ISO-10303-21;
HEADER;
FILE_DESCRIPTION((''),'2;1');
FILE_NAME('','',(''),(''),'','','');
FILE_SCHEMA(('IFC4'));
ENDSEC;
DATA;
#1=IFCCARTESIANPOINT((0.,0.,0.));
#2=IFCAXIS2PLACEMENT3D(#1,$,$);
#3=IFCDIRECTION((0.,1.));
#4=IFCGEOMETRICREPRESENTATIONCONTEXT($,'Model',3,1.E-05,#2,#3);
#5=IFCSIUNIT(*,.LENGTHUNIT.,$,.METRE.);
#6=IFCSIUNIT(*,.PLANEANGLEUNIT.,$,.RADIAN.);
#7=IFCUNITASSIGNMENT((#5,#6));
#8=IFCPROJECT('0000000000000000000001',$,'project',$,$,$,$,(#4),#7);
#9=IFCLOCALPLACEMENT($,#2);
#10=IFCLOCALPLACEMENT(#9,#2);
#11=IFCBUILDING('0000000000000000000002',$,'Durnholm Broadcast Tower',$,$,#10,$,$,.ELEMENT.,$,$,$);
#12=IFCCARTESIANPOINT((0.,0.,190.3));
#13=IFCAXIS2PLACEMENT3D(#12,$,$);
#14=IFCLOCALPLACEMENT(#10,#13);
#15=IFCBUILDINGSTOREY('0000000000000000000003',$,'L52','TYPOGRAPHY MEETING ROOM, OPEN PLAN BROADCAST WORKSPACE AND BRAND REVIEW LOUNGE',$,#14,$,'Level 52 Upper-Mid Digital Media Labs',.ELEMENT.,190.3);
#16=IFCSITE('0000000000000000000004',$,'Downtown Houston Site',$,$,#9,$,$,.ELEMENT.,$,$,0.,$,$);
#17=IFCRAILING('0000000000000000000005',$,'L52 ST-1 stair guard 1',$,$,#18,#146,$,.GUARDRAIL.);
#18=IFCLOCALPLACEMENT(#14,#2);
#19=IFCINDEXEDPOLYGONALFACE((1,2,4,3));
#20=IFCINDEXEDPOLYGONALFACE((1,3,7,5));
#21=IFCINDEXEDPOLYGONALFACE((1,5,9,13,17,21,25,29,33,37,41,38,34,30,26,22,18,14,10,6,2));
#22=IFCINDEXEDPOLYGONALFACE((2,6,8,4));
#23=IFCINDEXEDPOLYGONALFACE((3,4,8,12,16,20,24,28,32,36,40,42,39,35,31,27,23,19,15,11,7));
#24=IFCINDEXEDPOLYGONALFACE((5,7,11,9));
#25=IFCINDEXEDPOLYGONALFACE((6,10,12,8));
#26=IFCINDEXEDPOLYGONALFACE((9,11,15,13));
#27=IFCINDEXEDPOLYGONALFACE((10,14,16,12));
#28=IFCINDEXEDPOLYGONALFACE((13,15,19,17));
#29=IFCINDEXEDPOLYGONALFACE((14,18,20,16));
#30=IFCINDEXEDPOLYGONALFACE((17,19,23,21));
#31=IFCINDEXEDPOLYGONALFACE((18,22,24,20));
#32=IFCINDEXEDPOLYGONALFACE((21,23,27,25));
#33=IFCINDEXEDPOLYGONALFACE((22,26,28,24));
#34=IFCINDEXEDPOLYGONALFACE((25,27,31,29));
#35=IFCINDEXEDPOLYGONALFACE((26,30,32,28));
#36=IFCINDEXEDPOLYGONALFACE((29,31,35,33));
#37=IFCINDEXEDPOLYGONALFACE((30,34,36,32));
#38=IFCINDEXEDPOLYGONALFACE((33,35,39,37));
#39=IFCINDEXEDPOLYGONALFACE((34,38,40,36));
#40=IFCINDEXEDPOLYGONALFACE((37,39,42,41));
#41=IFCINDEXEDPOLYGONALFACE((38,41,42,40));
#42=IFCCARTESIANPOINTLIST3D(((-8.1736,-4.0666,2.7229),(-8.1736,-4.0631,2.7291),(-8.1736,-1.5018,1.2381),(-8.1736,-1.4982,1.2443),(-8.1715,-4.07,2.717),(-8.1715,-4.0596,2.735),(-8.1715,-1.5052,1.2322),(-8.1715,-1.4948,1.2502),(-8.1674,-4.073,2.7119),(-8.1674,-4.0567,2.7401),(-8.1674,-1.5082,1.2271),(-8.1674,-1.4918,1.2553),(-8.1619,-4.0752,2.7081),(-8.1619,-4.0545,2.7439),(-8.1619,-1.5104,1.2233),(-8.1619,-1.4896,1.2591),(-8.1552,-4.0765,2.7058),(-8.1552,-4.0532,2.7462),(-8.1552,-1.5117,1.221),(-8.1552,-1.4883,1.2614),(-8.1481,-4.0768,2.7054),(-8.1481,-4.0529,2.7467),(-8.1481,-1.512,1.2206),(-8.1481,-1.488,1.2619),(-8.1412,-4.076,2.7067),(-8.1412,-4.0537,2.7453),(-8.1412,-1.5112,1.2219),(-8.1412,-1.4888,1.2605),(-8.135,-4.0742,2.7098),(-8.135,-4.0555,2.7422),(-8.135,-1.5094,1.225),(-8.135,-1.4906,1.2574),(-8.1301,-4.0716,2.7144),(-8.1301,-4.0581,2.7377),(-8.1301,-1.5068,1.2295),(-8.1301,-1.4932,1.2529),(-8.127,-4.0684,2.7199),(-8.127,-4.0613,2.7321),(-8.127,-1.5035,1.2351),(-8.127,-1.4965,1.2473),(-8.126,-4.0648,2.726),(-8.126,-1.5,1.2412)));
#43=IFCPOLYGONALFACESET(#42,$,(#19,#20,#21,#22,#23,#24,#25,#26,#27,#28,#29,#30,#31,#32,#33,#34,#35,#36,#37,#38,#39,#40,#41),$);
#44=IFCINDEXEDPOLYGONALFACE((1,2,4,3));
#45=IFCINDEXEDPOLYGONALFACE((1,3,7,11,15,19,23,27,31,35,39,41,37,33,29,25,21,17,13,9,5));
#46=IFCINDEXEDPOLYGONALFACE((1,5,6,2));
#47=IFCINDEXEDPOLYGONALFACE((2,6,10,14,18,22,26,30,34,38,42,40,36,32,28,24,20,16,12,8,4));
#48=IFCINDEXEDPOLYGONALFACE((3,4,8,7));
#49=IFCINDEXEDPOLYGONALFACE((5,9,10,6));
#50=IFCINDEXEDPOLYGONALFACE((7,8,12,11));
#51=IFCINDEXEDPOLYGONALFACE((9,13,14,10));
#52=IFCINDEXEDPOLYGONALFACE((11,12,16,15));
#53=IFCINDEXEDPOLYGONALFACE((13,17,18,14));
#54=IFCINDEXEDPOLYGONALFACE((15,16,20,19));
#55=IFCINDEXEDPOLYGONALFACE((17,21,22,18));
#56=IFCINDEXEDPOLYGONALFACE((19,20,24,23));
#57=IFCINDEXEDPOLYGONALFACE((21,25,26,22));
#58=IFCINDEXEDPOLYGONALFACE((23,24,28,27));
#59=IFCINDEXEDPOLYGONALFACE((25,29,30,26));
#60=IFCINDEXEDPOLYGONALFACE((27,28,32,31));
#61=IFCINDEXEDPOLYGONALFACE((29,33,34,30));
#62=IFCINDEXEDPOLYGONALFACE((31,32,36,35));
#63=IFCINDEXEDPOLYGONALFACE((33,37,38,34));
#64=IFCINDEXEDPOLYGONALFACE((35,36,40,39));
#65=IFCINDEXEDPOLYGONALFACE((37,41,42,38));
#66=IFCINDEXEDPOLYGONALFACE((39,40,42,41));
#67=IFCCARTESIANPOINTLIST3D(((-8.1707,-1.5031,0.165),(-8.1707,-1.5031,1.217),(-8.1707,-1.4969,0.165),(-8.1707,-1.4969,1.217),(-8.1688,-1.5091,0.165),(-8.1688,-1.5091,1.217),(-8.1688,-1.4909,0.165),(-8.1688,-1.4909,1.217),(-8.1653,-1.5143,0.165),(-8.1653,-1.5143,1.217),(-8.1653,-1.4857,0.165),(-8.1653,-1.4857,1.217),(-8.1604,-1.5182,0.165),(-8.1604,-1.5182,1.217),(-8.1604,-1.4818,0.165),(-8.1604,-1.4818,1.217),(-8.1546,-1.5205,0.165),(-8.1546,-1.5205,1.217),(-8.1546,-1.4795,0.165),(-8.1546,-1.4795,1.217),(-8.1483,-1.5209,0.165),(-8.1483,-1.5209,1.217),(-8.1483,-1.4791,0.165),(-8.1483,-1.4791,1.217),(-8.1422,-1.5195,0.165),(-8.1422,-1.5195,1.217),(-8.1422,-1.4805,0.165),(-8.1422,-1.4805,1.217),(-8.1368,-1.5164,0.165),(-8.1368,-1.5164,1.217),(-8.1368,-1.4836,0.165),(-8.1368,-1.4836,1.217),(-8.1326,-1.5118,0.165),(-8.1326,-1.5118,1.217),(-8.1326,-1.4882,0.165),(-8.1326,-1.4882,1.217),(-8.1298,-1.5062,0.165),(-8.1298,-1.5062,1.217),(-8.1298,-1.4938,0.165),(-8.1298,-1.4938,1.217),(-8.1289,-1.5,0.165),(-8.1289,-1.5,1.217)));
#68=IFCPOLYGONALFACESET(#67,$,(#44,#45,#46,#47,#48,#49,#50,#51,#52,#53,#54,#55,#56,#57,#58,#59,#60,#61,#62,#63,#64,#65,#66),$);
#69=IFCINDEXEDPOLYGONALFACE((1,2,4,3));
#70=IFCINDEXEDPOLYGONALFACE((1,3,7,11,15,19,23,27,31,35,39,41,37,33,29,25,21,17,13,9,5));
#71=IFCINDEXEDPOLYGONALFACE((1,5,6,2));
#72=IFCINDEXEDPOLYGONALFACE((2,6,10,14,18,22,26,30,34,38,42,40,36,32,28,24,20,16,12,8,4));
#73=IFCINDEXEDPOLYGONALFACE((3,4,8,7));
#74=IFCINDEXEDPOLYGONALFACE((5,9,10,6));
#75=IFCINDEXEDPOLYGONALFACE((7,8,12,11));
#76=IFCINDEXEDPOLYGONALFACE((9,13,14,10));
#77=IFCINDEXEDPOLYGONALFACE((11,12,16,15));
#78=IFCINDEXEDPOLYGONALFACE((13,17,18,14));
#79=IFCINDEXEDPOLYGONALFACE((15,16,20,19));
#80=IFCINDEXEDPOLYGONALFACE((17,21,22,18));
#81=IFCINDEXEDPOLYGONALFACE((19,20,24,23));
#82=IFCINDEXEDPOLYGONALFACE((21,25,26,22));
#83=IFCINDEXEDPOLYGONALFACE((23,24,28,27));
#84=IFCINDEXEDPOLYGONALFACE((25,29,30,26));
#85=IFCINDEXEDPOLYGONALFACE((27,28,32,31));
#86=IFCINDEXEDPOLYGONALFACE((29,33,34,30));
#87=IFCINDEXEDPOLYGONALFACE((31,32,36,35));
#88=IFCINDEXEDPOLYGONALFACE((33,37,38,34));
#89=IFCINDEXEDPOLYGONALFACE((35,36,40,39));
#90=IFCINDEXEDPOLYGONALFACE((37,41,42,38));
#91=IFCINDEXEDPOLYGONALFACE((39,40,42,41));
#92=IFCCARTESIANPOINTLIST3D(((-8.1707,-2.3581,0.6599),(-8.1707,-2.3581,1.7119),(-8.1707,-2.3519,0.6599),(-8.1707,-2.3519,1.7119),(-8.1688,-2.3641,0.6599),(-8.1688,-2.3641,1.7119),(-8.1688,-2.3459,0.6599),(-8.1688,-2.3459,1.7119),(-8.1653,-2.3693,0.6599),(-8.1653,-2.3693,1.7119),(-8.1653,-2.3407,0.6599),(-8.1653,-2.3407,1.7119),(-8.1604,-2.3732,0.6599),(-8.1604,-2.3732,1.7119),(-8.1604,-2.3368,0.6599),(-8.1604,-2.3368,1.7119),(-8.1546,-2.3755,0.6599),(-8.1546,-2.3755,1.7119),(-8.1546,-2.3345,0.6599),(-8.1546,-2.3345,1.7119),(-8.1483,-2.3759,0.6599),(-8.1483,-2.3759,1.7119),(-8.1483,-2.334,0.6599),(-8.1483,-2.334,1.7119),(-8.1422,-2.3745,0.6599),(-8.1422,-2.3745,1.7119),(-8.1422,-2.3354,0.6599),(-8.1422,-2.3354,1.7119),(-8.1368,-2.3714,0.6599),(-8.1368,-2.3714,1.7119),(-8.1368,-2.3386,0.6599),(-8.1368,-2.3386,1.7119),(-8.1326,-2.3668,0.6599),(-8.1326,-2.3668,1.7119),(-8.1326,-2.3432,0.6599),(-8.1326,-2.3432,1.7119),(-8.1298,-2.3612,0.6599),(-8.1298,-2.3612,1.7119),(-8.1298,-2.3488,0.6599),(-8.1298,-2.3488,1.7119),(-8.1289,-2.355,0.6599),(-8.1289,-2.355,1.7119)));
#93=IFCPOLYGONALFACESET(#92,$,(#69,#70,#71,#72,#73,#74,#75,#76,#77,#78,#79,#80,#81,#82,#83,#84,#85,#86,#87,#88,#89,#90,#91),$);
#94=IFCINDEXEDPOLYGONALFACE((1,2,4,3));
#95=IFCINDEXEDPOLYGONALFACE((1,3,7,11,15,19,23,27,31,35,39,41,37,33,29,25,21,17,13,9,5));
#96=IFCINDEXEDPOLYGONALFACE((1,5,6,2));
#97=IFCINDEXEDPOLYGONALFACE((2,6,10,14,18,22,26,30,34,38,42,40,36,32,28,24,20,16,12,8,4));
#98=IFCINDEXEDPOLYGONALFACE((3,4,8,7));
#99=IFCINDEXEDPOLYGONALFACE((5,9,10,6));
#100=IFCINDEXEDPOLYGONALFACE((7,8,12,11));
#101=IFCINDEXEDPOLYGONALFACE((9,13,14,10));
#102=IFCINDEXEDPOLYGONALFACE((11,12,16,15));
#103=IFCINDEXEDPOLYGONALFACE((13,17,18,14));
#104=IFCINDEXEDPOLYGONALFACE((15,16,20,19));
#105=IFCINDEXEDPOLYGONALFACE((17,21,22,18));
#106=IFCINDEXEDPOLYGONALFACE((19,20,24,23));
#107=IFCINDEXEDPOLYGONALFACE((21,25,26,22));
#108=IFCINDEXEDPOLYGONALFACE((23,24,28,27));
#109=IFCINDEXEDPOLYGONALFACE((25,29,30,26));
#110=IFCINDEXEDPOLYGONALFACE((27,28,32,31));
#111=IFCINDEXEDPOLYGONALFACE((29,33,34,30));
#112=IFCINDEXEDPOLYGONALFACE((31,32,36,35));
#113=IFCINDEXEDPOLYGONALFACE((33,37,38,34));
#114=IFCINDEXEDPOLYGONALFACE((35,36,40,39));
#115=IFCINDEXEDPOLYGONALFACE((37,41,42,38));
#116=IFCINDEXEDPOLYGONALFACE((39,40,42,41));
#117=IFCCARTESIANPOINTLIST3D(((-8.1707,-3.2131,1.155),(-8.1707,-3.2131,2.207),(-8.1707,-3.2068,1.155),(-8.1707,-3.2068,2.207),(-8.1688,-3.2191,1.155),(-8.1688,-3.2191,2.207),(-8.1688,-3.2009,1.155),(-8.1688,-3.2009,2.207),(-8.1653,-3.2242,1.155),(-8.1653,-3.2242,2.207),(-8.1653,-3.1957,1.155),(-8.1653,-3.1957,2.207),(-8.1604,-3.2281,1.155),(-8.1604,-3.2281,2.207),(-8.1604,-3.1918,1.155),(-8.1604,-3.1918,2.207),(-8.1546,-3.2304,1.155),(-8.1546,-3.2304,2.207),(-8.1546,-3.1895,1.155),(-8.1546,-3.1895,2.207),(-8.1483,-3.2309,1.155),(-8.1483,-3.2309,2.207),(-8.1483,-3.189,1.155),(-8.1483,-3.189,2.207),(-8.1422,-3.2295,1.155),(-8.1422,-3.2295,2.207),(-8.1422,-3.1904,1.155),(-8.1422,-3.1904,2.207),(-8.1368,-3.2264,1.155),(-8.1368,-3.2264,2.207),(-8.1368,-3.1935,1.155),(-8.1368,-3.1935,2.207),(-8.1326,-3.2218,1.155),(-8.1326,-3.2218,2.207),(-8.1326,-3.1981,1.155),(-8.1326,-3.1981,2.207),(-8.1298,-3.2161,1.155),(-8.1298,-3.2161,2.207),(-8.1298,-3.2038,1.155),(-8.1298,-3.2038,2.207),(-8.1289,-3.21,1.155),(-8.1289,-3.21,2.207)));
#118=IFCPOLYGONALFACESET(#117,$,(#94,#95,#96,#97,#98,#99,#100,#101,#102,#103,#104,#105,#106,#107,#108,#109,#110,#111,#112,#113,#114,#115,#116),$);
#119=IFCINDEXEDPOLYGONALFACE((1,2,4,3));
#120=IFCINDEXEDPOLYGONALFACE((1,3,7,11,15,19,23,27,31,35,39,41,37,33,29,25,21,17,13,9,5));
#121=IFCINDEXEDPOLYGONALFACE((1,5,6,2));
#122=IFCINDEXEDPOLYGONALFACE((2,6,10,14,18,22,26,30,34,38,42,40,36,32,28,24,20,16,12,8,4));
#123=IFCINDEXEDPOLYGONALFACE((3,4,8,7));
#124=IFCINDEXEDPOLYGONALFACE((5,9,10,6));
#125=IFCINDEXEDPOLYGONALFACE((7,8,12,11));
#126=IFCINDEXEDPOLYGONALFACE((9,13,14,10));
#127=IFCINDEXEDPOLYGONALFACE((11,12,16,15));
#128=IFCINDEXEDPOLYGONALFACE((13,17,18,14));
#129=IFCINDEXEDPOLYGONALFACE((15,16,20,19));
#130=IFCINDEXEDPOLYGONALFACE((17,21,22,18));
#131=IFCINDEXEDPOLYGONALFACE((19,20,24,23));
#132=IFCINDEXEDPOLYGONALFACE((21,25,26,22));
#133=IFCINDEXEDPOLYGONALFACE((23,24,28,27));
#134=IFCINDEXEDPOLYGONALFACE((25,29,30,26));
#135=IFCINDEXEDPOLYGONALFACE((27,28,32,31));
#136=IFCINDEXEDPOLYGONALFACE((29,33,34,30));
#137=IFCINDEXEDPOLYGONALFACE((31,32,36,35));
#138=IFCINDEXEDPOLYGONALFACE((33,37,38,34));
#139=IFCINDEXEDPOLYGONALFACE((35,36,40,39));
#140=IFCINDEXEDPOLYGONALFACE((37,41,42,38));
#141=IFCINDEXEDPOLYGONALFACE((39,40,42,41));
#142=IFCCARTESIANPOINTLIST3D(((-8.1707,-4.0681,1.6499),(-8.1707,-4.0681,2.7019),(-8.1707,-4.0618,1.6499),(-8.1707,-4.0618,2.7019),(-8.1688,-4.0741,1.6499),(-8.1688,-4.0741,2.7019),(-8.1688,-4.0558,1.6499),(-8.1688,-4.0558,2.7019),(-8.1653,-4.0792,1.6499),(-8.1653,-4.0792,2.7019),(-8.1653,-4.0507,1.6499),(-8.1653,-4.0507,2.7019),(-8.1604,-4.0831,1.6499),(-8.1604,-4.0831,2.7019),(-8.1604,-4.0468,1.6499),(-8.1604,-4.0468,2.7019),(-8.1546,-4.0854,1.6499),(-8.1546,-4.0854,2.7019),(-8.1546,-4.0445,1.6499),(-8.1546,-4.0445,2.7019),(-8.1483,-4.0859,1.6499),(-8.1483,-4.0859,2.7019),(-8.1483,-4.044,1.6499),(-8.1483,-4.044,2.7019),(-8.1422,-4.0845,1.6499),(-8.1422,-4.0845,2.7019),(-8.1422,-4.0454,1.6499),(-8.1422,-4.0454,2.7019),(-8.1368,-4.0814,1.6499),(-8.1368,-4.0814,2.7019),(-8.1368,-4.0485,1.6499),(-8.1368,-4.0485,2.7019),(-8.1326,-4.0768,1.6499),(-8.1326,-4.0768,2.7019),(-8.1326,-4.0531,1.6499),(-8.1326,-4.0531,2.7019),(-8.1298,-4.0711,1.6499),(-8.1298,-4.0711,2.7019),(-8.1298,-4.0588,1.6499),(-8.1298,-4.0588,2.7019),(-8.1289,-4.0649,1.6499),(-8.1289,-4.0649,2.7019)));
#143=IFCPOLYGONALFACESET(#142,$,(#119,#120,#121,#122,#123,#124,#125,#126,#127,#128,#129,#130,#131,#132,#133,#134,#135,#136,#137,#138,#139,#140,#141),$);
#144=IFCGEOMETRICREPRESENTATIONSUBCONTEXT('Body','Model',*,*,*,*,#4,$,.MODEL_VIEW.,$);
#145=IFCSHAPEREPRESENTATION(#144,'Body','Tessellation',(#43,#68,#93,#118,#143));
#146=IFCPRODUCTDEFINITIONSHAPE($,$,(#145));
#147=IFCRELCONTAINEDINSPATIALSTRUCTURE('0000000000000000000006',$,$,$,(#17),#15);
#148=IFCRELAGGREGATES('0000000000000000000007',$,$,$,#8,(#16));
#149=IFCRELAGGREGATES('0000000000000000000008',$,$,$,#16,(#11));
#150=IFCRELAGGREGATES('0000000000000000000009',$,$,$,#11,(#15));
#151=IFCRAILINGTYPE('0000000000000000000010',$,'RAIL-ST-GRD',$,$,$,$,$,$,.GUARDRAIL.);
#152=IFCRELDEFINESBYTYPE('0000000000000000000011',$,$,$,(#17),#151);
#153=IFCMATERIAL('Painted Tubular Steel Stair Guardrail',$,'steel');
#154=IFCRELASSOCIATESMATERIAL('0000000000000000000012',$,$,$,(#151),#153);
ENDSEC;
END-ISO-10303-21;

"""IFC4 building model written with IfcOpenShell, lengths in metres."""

from ifc_helpers import new_model, si_unit, direction, frame, origin, origin_2d, place, context, subcontext, project, spatial, circle, extrude, material, type_object, element, save


model = new_model("IFC4")

# Units and contexts
model_context = context("Model", 3, precision=1e-05, world=origin(), true_north=direction((0.0, 1.0)))
body_context = subcontext(model_context, "Body", "Model", "MODEL_VIEW")
ifc_project = project(units=[si_unit("LENGTHUNIT", "METRE"), si_unit("PLANEANGLEUNIT", "RADIAN")], contexts=[model_context])

# Site, building, storey
site_placement = place(None, origin())
site = spatial("IfcSite", under=ifc_project, at=site_placement, Name="Downtown Houston Site", CompositionType="ELEMENT", RefElevation=0.0)
building_placement = place(site_placement, origin())
building = spatial("IfcBuilding", under=site, at=building_placement, Name="Durnholm Broadcast Tower", CompositionType="ELEMENT")
storey_placement = place(building_placement, frame((0.0, 0.0, 190.3)))
storey = spatial("IfcBuildingStorey", under=building, at=storey_placement, Name="L52", Description="TYPOGRAPHY MEETING ROOM, OPEN PLAN BROADCAST WORKSPACE AND BRAND REVIEW LOUNGE", LongName="Level 52 Upper-Mid Digital Media Labs", CompositionType="ELEMENT", Elevation=190.3)

# Railing
ifc_material_1 = material(Name="Painted Tubular Steel Stair Guardrail", Category="steel")
railing_type_1 = type_object("IfcRailingType", Name="RAIL-ST-GRD", PredefinedType="GUARDRAIL", material=ifc_material_1)
railing_1_placement = place(storey_placement, frame((-8.1499, -1.5, 0.165)))
element("IfcRailing", 1, at=railing_1_placement, inside=storey, type_object=railing_type_1, Name="L52 ST-1 stair guard 1", PredefinedType="GUARDRAIL", context=body_context, shape_type="SweptSolid", body=[
    extrude(circle(Radius=0.0239, at=origin_2d()), frame((0.0, 0.0, 1.0762), z_axis=(0.0, -0.865441, 0.50101), x_axis=(1.0, 0.0, 0.0)), (0.0, 0.0, 1.0), 2.9636),
    extrude(circle(Radius=0.021, at=origin_2d()), origin(), (0.0, 0.0, 1.0), 1.052),
    extrude(circle(Radius=0.021, at=origin_2d()), frame((0.0, -0.855, 0.4949)), (0.0, 0.0, 1.0), 1.052),
    extrude(circle(Radius=0.021, at=origin_2d()), frame((0.0, -1.71, 0.99)), (0.0, 0.0, 1.0), 1.052),
    extrude(circle(Radius=0.021, at=origin_2d()), frame((0.0, -2.5649, 1.4849)), (0.0, 0.0, 1.0), 1.052),
])

save(model, "model.ifc")
